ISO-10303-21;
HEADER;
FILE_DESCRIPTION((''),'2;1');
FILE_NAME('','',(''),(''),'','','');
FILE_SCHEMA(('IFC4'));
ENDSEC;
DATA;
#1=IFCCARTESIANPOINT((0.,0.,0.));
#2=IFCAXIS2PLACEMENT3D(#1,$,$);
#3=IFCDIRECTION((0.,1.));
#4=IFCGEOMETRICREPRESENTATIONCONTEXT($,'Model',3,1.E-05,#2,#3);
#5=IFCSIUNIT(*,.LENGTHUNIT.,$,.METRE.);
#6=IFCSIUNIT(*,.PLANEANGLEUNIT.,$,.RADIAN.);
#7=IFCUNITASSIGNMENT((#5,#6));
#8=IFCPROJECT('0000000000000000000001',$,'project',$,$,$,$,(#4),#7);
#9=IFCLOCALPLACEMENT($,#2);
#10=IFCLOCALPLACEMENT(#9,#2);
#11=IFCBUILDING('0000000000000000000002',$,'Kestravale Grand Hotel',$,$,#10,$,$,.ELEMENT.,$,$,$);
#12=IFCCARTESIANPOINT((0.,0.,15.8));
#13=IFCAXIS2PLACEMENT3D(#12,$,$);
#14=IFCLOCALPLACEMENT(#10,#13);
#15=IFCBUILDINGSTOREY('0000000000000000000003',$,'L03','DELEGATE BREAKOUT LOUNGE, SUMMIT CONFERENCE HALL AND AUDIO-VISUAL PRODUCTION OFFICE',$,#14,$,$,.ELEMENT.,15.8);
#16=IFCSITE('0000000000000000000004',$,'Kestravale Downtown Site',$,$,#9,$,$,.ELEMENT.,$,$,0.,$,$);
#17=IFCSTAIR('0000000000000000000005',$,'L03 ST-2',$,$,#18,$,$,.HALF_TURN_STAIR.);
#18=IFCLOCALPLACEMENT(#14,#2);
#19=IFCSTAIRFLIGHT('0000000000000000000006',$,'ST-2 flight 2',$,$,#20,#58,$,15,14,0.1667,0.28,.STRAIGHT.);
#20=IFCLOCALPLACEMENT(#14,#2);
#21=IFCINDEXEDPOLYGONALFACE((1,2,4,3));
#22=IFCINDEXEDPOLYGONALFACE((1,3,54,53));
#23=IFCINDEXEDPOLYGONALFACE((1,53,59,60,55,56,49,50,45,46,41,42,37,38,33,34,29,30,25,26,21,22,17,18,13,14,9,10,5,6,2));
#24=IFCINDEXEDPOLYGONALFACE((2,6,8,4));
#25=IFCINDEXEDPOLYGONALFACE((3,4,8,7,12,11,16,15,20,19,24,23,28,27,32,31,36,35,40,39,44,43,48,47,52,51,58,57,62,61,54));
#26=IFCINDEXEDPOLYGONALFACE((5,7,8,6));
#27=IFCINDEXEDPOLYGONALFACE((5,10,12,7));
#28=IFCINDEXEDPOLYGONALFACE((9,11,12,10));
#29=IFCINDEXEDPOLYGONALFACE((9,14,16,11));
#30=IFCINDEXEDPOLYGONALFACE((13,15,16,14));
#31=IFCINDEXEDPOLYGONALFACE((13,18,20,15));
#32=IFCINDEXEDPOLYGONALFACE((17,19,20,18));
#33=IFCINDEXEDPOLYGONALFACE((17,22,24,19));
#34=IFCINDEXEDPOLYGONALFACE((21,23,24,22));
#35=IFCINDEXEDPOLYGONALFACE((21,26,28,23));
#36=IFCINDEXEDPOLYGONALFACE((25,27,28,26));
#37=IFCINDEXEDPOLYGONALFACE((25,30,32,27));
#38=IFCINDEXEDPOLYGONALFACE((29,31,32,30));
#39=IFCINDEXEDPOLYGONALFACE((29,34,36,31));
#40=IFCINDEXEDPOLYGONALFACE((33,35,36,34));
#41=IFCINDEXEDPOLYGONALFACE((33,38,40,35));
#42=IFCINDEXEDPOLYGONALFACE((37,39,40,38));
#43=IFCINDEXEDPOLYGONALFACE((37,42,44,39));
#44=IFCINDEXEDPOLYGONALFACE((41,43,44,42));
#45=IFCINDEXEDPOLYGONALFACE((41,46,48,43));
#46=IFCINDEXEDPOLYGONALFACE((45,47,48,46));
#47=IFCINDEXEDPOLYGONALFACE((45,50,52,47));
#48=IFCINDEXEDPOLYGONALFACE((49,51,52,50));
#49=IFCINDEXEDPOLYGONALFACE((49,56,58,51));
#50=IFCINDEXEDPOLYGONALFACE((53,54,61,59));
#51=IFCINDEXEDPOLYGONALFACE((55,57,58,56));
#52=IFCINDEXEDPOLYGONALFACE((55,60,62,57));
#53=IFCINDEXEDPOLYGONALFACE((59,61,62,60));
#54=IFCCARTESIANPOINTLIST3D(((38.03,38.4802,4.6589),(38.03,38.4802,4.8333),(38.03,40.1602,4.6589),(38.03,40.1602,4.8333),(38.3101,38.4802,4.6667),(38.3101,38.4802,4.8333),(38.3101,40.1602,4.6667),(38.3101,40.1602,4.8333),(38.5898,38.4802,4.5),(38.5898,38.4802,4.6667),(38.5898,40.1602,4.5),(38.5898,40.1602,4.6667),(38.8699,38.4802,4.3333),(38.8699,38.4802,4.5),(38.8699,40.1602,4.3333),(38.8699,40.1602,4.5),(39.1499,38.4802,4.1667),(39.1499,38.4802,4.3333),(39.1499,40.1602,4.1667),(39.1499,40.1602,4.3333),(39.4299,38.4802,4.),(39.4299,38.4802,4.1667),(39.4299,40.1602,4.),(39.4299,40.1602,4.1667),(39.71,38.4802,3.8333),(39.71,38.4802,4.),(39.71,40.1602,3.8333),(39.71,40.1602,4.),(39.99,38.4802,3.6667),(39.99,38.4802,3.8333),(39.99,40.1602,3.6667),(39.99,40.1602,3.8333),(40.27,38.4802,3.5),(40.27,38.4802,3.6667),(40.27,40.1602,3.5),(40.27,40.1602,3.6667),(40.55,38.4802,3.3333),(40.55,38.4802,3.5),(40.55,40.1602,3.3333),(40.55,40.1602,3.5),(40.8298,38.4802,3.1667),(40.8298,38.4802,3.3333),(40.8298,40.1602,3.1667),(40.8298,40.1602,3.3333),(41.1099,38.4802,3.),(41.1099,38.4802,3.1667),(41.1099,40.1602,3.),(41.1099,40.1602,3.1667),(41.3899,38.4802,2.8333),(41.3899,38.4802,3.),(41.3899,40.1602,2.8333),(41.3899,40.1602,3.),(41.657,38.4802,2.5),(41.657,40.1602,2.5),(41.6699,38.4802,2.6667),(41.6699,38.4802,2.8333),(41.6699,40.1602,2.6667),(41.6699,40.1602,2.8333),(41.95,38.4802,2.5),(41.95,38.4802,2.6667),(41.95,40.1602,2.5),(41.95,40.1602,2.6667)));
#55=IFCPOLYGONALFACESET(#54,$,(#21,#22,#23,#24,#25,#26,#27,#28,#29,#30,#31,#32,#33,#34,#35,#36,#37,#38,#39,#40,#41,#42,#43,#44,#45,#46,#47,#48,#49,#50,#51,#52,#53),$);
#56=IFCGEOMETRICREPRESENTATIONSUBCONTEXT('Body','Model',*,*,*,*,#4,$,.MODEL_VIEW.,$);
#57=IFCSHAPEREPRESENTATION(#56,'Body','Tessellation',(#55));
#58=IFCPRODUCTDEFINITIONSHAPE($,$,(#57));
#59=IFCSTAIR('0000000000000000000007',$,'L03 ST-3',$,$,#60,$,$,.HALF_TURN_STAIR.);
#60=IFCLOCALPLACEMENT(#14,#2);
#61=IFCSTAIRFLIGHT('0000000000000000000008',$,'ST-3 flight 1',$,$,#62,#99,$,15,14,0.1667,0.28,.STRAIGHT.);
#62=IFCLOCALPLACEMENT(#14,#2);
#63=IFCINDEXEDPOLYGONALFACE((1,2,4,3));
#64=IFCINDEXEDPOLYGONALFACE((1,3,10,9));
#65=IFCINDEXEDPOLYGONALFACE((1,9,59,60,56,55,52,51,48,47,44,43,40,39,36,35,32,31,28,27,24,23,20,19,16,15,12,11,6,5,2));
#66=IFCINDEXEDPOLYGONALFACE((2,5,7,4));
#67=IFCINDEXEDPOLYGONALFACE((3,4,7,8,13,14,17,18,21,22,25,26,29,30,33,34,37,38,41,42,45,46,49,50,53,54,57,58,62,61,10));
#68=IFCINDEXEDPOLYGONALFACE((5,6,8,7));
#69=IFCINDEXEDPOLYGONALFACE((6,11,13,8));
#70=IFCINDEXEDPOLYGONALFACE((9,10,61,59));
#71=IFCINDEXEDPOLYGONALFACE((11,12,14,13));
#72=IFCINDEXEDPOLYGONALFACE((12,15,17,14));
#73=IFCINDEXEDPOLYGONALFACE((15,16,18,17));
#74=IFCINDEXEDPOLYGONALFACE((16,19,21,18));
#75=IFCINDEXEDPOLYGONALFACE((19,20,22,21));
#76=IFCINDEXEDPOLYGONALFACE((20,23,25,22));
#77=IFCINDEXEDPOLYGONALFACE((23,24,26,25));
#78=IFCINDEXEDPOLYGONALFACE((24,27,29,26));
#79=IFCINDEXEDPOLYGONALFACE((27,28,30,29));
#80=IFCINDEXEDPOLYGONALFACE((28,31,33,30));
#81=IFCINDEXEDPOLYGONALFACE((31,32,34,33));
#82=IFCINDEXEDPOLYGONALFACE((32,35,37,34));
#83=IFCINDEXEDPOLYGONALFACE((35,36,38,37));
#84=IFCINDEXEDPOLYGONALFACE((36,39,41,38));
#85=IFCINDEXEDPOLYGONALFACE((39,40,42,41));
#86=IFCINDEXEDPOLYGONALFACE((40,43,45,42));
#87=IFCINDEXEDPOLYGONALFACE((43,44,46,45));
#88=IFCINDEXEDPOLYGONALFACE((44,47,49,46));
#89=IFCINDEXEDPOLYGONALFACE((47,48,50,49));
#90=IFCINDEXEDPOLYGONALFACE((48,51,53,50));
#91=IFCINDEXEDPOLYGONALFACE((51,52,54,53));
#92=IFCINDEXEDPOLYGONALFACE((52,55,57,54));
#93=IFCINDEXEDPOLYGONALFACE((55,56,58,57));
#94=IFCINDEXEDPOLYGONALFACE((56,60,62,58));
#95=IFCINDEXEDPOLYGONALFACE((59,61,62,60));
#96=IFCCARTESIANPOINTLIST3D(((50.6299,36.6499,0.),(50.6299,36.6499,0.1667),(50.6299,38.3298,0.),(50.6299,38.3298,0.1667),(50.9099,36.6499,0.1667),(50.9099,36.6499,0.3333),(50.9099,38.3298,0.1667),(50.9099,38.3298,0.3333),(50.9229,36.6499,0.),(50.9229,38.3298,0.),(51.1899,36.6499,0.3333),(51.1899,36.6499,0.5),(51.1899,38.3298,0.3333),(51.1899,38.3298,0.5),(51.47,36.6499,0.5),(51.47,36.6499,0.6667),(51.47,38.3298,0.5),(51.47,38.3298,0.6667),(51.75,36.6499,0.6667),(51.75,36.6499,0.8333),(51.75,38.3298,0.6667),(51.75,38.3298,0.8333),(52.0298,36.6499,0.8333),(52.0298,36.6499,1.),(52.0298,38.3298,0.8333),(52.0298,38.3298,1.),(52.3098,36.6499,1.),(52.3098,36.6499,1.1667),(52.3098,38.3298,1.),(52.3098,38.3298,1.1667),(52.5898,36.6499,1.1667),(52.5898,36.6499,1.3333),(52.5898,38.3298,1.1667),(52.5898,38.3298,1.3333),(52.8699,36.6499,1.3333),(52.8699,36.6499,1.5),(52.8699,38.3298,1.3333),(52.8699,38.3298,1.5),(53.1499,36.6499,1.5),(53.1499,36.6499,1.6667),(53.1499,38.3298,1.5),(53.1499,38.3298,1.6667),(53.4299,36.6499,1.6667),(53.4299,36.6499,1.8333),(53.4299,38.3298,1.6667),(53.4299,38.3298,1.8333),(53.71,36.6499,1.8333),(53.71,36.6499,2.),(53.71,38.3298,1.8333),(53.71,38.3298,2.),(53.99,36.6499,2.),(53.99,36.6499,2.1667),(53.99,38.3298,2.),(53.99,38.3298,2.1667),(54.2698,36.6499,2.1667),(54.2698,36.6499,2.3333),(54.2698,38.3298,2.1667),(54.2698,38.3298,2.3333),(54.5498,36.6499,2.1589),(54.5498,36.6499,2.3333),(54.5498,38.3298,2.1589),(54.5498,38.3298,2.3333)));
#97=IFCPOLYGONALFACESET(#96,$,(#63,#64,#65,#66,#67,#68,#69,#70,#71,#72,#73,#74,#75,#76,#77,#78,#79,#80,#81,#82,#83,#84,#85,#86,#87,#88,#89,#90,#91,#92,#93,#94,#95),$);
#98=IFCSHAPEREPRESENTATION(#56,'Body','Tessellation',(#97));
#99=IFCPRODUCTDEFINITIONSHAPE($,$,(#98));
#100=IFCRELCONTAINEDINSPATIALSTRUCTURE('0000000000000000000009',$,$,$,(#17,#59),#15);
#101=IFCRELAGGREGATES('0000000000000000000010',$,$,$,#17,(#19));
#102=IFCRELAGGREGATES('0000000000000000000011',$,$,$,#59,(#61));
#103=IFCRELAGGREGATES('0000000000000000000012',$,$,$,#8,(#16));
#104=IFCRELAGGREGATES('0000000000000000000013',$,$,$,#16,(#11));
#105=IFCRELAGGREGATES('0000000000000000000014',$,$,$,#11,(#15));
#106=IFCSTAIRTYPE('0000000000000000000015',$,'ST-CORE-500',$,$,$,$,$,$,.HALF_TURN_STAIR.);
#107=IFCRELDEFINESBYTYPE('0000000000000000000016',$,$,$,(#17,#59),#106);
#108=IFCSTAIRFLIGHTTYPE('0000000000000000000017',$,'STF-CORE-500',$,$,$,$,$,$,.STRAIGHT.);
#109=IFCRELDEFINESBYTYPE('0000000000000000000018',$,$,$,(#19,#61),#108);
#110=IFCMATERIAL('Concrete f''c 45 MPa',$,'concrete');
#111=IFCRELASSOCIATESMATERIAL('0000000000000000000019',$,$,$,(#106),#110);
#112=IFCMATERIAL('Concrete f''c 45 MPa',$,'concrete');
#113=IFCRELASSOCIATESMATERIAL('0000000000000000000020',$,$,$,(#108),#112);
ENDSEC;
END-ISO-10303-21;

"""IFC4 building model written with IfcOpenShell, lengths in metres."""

from ifc_helpers import new_model, si_unit, direction, frame, origin, place, context, subcontext, project, spatial, polyline, outline, extrude, material, type_object, element, aggregate, save


model = new_model("IFC4")

# Units and contexts
model_context = context("Model", 3, precision=1e-05, world=origin(), true_north=direction((0.0, 1.0)))
body_context = subcontext(model_context, "Body", "Model", "MODEL_VIEW")
ifc_project = project(units=[si_unit("LENGTHUNIT", "METRE"), si_unit("PLANEANGLEUNIT", "RADIAN")], contexts=[model_context])

# Site, building, storey
site_placement = place(None, origin())
site = spatial("IfcSite", under=ifc_project, at=site_placement, Name="Kestravale Downtown Site", CompositionType="ELEMENT", RefElevation=0.0)
building_placement = place(site_placement, origin())
building = spatial("IfcBuilding", under=site, at=building_placement, Name="Kestravale Grand Hotel", CompositionType="ELEMENT")
storey_placement = place(building_placement, frame((0.0, 0.0, 15.8)))
storey = spatial("IfcBuildingStorey", under=building, at=storey_placement, Name="L03", Description="DELEGATE BREAKOUT LOUNGE, SUMMIT CONFERENCE HALL AND AUDIO-VISUAL PRODUCTION OFFICE", CompositionType="ELEMENT", Elevation=15.8)

# Stair, stair flight
ifc_material_1 = material(Name="Concrete f'c 45 MPa", Category="concrete")
stair_type = type_object("IfcStairType", Name="ST-CORE-500", PredefinedType="HALF_TURN_STAIR", material=ifc_material_1)
stair_1_placement = place(storey_placement, origin())
stair_1 = element("IfcStair", 1, at=stair_1_placement, inside=storey, type_object=stair_type, Name="L03 ST-2", PredefinedType="HALF_TURN_STAIR")
ifc_material_2 = material(Name="Concrete f'c 45 MPa", Category="concrete")
stair_flight_type = type_object("IfcStairFlightType", Name="STF-CORE-500", PredefinedType="STRAIGHT", material=ifc_material_2)
stair_flight_1_placement = place(storey_placement, frame((41.95, 39.3201, 2.5), z_axis=(0.0, 0.0, 1.0), x_axis=(-1.0, 0.0, 0.0)))
stair_flight_1 = element("IfcStairFlight", 2, at=stair_flight_1_placement, type_object=stair_flight_type, Name="ST-2 flight 2", NumberOfRisers=15, NumberOfTreads=14, PredefinedType="STRAIGHT", RiserHeight=0.1667, TreadLength=0.28, context=body_context, shape_type="SweptSolid", body=[
    extrude(outline(polyline([(0.0, 0.0), (0.0, 0.1667), (0.28, 0.1667), (0.28, 0.3333), (0.5601, 0.3333), (0.5601, 0.5), (0.8401, 0.5), (0.8401, 0.6667), (1.1201, 0.6667), (1.1201, 0.8333), (1.3999, 0.8333), (1.3999, 1.0), (1.6799, 1.0), (1.6799, 1.1667), (1.96, 1.1667), (1.96, 1.3333), (2.24, 1.3333), (2.24, 1.5), (2.52, 1.5), (2.52, 1.6667), (2.8, 1.6667), (2.8, 1.8333), (3.0801, 1.8333), (3.0801, 2.0), (3.3601, 2.0), (3.3601, 2.1667), (3.6399, 2.1667), (3.6399, 2.3333), (3.9199, 2.3333), (3.9199, 2.5), (3.9199, 2.1589), (0.293, 0.0), (0.0, 0.0)])), frame((0.0, 0.8398, 0.0), z_axis=(0.0, -1.0, 0.0), x_axis=(1.0, 0.0, 0.0)), (0.0, 0.0, 1.0), 1.6799),
])
aggregate(stair_1, [stair_flight_1])

# Stair, stair flight
stair_2_placement = place(storey_placement, origin())
stair_2 = element("IfcStair", 3, at=stair_2_placement, inside=storey, type_object=stair_type, Name="L03 ST-3", PredefinedType="HALF_TURN_STAIR")
stair_flight_2_placement = place(storey_placement, frame((50.6299, 37.49, 0.0), z_axis=(0.0, 0.0, 1.0), x_axis=(1.0, 0.0, 0.0)))
stair_flight_2 = element("IfcStairFlight", 4, at=stair_flight_2_placement, type_object=stair_flight_type, Name="ST-3 flight 1", NumberOfRisers=15, NumberOfTreads=14, PredefinedType="STRAIGHT", RiserHeight=0.1667, TreadLength=0.28, context=body_context, shape_type="SweptSolid", body=[
    extrude(outline(polyline([(0.0, 0.0), (0.0, 0.1667), (0.28, 0.1667), (0.28, 0.3333), (0.5601, 0.3333), (0.5601, 0.5), (0.8401, 0.5), (0.8401, 0.6667), (1.1201, 0.6667), (1.1201, 0.8333), (1.3999, 0.8333), (1.3999, 1.0), (1.6799, 1.0), (1.6799, 1.1667), (1.96, 1.1667), (1.96, 1.3333), (2.24, 1.3333), (2.24, 1.5), (2.52, 1.5), (2.52, 1.6667), (2.8, 1.6667), (2.8, 1.8333), (3.0801, 1.8333), (3.0801, 2.0), (3.3601, 2.0), (3.3601, 2.1667), (3.6399, 2.1667), (3.6399, 2.3333), (3.9199, 2.3333), (3.9199, 2.5), (3.9199, 2.1589), (0.293, 0.0), (0.0, 0.0)])), frame((0.0, 0.8398, 0.0), z_axis=(0.0, -1.0, 0.0), x_axis=(1.0, 0.0, 0.0)), (0.0, 0.0, 1.0), 1.6799),
])
aggregate(stair_2, [stair_flight_2])

save(model, "model.ifc")
